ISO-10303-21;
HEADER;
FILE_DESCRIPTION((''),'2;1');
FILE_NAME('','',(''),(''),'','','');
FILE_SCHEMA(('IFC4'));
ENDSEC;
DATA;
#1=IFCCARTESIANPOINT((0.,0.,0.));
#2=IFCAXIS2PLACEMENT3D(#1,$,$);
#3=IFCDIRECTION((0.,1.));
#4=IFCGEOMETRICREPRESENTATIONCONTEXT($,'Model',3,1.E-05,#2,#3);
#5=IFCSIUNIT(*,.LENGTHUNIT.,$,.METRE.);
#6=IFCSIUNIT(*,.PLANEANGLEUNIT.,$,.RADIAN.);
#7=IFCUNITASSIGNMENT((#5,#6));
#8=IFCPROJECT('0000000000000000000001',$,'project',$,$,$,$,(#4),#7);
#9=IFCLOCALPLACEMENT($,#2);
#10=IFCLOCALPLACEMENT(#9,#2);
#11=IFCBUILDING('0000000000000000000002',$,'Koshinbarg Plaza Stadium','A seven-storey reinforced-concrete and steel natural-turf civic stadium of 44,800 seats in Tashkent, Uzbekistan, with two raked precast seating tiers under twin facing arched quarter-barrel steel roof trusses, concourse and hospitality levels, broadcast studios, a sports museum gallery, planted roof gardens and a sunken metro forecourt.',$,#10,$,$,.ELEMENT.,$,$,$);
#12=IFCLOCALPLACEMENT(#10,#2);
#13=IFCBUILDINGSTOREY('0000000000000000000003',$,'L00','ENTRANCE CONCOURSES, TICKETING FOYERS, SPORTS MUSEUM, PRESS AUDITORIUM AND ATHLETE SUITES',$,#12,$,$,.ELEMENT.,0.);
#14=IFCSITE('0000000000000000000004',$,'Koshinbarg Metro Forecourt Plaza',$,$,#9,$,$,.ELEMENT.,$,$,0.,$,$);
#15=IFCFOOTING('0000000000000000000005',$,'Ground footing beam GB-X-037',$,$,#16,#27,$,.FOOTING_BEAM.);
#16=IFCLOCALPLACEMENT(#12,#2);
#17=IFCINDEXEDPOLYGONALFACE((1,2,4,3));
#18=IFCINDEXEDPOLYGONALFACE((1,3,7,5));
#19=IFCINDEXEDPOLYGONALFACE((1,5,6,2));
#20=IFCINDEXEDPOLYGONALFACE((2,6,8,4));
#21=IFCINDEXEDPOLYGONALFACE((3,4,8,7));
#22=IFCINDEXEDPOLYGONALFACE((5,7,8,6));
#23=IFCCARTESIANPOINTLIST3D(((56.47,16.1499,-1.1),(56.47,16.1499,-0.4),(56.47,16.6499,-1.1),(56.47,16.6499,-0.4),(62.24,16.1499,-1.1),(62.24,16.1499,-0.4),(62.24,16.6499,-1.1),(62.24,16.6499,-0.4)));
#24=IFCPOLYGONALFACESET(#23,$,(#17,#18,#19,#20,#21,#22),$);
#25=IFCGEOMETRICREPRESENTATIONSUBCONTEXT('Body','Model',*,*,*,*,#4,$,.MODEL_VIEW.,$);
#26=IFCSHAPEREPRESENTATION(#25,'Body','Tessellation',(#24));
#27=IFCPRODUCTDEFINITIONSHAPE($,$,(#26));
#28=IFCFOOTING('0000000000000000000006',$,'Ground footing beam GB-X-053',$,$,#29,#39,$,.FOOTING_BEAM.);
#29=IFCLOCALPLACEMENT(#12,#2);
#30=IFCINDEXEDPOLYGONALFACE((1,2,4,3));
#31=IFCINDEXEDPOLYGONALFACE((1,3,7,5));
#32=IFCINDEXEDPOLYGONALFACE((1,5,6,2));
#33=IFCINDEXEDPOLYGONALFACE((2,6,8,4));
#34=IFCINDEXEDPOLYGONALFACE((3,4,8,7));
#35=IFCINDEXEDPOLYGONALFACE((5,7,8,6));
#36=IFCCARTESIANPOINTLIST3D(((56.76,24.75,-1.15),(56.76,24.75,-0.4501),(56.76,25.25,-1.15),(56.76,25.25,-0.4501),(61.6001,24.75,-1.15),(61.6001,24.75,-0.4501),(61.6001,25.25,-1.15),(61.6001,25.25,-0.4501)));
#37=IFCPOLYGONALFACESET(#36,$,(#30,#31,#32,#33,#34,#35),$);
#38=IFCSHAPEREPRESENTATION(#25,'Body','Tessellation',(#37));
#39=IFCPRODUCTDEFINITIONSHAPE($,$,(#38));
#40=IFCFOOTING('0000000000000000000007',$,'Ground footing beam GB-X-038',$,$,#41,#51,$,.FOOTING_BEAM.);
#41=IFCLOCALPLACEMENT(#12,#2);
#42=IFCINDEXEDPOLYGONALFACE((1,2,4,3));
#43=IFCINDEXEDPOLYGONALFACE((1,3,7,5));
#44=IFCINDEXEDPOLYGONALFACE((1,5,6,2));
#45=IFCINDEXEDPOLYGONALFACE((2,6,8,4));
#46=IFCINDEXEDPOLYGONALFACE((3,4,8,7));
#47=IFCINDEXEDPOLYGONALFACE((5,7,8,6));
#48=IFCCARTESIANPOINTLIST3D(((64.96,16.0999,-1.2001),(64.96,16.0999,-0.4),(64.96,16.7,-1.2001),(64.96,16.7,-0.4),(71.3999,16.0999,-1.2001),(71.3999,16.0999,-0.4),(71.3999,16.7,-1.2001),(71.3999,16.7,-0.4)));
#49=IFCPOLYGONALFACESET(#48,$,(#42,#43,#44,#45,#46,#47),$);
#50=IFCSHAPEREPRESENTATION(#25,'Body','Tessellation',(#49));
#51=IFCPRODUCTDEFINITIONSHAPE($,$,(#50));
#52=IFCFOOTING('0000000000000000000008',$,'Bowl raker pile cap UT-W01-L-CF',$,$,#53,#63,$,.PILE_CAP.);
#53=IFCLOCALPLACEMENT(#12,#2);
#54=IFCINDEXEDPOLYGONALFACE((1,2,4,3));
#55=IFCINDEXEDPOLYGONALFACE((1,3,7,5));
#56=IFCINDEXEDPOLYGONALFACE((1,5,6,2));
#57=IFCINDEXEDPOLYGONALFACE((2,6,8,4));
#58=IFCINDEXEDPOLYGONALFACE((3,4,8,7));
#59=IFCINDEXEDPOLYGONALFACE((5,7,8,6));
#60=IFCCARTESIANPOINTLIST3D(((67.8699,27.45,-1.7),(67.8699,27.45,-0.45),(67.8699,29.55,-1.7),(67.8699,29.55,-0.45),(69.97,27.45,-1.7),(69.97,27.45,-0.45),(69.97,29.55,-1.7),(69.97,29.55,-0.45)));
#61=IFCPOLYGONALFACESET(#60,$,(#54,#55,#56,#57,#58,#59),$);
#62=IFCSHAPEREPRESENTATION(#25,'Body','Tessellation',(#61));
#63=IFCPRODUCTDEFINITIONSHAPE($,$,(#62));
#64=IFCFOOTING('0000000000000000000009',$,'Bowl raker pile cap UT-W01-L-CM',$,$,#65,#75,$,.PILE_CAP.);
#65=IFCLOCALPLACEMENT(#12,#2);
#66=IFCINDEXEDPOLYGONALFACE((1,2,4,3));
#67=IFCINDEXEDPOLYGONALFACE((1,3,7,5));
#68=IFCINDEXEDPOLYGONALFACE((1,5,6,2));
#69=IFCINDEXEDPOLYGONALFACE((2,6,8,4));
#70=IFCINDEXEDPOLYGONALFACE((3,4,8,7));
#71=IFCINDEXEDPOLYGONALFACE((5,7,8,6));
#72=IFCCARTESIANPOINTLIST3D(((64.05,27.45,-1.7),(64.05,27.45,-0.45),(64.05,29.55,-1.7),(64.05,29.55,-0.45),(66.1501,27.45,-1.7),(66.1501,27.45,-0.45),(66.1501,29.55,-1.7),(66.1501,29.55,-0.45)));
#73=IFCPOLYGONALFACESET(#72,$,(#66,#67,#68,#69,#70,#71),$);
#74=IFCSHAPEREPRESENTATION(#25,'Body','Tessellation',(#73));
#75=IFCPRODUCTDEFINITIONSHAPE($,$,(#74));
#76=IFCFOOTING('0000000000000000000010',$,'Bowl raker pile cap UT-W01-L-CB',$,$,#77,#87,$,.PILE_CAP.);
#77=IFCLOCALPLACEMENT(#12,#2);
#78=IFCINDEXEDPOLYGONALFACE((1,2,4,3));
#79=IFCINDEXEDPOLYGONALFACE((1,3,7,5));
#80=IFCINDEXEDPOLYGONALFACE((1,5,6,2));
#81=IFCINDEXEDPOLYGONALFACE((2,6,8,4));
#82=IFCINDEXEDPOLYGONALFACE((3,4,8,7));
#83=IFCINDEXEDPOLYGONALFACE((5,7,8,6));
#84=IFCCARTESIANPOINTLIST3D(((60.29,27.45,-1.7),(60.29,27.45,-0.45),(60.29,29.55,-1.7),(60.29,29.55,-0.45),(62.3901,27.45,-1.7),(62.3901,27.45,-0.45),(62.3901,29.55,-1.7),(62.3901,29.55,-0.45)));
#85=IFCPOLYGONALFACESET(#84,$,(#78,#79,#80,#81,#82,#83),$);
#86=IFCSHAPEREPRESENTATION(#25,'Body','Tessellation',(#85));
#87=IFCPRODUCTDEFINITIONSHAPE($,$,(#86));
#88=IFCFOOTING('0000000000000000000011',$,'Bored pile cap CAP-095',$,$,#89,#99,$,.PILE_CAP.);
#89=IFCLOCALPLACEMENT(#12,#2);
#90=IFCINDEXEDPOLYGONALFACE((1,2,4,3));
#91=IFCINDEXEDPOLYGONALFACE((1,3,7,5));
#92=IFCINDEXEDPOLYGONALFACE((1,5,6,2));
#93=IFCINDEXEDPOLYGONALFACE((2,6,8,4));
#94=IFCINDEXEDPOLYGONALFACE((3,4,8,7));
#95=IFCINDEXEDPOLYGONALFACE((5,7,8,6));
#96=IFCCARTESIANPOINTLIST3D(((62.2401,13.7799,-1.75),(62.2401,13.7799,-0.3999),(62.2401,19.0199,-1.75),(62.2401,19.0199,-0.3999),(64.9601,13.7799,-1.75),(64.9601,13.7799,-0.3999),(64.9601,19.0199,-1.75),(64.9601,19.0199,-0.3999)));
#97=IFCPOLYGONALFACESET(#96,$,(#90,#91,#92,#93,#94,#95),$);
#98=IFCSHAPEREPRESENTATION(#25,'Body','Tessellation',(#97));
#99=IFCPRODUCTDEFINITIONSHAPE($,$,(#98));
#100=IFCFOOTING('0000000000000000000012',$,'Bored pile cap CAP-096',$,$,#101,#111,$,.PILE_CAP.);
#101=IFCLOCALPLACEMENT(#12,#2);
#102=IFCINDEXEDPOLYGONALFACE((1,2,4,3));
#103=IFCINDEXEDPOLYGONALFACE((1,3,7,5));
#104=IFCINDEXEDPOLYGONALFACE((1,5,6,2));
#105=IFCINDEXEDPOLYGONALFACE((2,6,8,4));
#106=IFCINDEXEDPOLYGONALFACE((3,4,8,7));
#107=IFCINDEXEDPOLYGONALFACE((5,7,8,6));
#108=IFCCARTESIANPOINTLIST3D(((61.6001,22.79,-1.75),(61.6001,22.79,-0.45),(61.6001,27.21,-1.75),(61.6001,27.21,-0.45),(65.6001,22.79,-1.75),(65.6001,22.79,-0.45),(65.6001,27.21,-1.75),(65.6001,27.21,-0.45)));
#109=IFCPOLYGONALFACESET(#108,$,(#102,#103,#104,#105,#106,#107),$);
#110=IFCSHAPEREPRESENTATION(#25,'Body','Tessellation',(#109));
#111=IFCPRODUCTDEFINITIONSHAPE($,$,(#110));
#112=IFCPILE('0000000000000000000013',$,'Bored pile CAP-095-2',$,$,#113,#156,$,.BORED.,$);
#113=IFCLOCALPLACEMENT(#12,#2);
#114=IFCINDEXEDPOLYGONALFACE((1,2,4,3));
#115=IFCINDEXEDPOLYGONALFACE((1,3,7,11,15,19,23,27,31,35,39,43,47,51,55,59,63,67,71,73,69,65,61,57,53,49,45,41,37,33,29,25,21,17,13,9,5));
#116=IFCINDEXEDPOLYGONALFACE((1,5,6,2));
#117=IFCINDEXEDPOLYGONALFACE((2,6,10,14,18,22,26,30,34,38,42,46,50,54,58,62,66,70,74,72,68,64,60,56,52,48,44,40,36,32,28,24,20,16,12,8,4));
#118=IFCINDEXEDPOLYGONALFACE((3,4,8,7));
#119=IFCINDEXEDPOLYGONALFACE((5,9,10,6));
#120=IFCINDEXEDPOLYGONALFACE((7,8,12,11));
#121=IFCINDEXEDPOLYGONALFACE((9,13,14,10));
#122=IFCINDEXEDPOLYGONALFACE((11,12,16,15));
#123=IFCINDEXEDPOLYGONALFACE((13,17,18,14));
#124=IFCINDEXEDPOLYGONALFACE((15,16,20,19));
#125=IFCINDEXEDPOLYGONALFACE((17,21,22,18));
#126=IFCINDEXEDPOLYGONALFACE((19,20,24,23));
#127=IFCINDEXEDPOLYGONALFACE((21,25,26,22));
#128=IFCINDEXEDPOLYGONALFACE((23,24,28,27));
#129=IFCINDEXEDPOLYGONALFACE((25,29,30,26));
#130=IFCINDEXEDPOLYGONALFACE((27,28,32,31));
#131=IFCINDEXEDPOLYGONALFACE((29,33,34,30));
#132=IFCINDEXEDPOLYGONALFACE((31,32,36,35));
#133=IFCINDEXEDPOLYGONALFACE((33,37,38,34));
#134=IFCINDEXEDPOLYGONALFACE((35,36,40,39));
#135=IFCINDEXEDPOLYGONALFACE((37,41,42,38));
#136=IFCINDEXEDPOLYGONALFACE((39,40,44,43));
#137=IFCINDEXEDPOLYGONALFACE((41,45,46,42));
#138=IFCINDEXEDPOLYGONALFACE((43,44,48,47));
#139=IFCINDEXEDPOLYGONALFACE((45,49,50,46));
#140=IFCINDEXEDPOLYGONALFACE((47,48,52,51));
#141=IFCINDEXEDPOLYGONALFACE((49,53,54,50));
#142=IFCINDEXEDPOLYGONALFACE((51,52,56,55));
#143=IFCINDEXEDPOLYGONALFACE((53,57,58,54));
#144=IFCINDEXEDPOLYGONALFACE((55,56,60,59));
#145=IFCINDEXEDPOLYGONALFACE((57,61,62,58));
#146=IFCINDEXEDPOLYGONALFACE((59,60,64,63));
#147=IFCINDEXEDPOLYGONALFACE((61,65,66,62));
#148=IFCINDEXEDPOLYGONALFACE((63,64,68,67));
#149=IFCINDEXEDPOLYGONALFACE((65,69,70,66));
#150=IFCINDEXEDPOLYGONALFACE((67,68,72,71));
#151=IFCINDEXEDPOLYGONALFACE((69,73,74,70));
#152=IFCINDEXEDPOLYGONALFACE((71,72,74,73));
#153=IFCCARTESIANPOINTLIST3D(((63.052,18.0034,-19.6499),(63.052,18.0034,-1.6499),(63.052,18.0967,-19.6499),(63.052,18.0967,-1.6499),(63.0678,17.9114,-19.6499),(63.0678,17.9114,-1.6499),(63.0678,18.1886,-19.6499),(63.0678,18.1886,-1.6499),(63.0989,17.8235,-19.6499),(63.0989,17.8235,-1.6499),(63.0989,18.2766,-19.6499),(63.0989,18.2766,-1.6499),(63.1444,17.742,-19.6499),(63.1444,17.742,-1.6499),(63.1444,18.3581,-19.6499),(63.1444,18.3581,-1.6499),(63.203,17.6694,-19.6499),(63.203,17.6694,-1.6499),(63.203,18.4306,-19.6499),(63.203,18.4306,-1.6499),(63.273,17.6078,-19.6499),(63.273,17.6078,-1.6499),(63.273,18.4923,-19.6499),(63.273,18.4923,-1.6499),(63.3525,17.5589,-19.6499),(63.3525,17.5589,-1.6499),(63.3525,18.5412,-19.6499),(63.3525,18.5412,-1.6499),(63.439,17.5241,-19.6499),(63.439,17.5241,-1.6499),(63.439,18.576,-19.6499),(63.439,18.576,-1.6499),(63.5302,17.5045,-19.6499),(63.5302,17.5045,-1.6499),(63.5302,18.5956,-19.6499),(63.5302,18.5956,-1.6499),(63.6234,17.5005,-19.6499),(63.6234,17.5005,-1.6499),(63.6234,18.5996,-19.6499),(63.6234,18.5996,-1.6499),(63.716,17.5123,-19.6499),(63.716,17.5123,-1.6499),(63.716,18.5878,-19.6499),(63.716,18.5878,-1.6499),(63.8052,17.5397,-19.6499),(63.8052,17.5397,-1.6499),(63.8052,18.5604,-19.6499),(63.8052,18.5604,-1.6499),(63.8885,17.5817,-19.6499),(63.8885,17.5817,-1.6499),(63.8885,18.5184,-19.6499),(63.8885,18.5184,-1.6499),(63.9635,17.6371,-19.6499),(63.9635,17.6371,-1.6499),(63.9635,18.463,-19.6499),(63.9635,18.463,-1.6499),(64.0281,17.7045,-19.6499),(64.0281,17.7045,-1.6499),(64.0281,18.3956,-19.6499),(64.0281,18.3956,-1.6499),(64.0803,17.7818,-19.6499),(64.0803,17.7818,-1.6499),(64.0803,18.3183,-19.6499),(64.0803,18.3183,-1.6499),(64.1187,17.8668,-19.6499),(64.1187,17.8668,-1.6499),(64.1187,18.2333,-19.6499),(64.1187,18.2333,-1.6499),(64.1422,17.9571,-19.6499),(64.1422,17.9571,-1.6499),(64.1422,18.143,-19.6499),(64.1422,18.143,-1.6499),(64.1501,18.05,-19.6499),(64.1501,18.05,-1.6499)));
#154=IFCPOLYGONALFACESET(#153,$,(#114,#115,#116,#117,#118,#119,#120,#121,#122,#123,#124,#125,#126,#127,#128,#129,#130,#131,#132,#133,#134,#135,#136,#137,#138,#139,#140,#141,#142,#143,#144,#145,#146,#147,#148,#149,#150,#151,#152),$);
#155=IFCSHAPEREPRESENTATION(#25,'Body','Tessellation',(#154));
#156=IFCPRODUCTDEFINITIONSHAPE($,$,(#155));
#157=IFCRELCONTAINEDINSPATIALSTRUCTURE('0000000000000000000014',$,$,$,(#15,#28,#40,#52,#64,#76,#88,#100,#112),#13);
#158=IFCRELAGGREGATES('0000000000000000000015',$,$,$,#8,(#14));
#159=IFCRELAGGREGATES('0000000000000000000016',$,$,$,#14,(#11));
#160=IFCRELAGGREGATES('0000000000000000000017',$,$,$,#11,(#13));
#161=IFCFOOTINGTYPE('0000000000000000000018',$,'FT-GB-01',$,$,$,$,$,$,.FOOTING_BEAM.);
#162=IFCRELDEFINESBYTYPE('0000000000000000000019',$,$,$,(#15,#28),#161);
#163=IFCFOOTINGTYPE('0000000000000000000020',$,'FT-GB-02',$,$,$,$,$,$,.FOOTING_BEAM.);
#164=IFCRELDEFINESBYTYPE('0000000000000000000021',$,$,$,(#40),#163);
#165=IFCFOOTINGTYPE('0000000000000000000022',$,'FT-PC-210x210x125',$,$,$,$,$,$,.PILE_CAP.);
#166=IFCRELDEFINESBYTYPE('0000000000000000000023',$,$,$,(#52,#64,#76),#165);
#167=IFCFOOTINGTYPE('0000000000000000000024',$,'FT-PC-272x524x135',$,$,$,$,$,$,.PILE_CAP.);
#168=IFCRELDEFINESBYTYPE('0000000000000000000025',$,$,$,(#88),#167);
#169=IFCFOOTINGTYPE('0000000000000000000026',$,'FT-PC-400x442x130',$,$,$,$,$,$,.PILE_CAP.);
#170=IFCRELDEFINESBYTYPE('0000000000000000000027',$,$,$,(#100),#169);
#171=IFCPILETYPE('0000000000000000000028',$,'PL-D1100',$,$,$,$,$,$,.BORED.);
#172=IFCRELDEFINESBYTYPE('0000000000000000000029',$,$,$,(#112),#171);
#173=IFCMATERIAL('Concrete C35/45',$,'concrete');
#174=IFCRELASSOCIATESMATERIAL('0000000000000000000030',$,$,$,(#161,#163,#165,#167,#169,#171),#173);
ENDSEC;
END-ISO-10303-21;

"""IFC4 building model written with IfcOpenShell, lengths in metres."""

from ifc_helpers import new_model, si_unit, direction, frame, origin, origin_2d, place, context, subcontext, project, spatial, rectangle, circle, extrude, material, material_profile, profile_set, type_object, element, save


model = new_model("IFC4")

# Units and contexts
model_context = context("Model", 3, precision=1e-05, world=origin(), true_north=direction((0.0, 1.0)))
body_context = subcontext(model_context, "Body", "Model", "MODEL_VIEW")
ifc_project = project(units=[si_unit("LENGTHUNIT", "METRE"), si_unit("PLANEANGLEUNIT", "RADIAN")], contexts=[model_context])

# Site, building, storey
site_placement = place(None, origin())
site = spatial("IfcSite", under=ifc_project, at=site_placement, Name="Koshinbarg Metro Forecourt Plaza", CompositionType="ELEMENT", RefElevation=0.0)
building_placement = place(site_placement, origin())
building = spatial("IfcBuilding", under=site, at=building_placement, Name="Koshinbarg Plaza Stadium", Description="A seven-storey reinforced-concrete and steel natural-turf civic stadium of 44,800 seats in Tashkent, Uzbekistan, with two raked precast seating tiers under twin facing arched quarter-barrel steel roof trusses, concourse and hospitality levels, broadcast studios, a sports museum gallery, planted roof gardens and a sunken metro forecourt.", CompositionType="ELEMENT")
storey_placement = place(building_placement, origin())
storey = spatial("IfcBuildingStorey", under=building, at=storey_placement, Name="L00", Description="ENTRANCE CONCOURSES, TICKETING FOYERS, SPORTS MUSEUM, PRESS AUDITORIUM AND ATHLETE SUITES", CompositionType="ELEMENT", Elevation=0.0)

# Footings
ifc_material_1 = material(Name="Concrete C35/45", Category="concrete")
ifc_material_profile_1 = material_profile(ifc_material_1, rectangle(XDim=0.5, YDim=0.7, at=origin_2d()), Name="GB 500x700")
ifc_profile_set_1 = profile_set([ifc_material_profile_1], Name="Concrete C35/45")
footing_type_1 = type_object("IfcFootingType", Name="FT-GB-01", PredefinedType="FOOTING_BEAM", material=ifc_profile_set_1)
footing_1_placement = place(storey_placement, frame((56.47, 16.3999, -0.75), z_axis=(1.0, 0.0, 0.0), x_axis=(0.0, 1.0, 0.0)))
element("IfcFooting", 1, at=footing_1_placement, inside=storey, type_object=footing_type_1, Name="Ground footing beam GB-X-037", PredefinedType="FOOTING_BEAM", context=body_context, shape_type="SweptSolid", body=[
    extrude(rectangle(XDim=0.5, YDim=0.7, at=origin_2d()), origin(), (0.0, 0.0, 1.0), 5.77),
])
footing_2_placement = place(storey_placement, frame((56.76, 25.0, -0.8), z_axis=(1.0, 0.0, 0.0), x_axis=(0.0, 1.0, 0.0)))
element("IfcFooting", 2, at=footing_2_placement, inside=storey, type_object=footing_type_1, Name="Ground footing beam GB-X-053", PredefinedType="FOOTING_BEAM", context=body_context, shape_type="SweptSolid", body=[
    extrude(rectangle(XDim=0.5, YDim=0.7, at=origin_2d()), origin(), (0.0, 0.0, 1.0), 4.8401),
])
ifc_material_profile_2 = material_profile(ifc_material_1, rectangle(XDim=0.6001, YDim=0.8, at=origin_2d()), Name="GB 600x800")
ifc_profile_set_2 = profile_set([ifc_material_profile_2], Name="Concrete C35/45")
footing_type_2 = type_object("IfcFootingType", Name="FT-GB-02", PredefinedType="FOOTING_BEAM", material=ifc_profile_set_2)
footing_3_placement = place(storey_placement, frame((64.96, 16.3999, -0.8), z_axis=(1.0, 0.0, 0.0), x_axis=(0.0, 1.0, 0.0)))
element("IfcFooting", 3, at=footing_3_placement, inside=storey, type_object=footing_type_2, Name="Ground footing beam GB-X-038", PredefinedType="FOOTING_BEAM", context=body_context, shape_type="SweptSolid", body=[
    extrude(rectangle(XDim=0.6001, YDim=0.8, at=origin_2d()), origin(), (0.0, 0.0, 1.0), 6.4399),
])
footing_type_3 = type_object("IfcFootingType", Name="FT-PC-210x210x125", PredefinedType="PILE_CAP", material=ifc_material_1)
for number, where, z_axis, x_axis, name in (
    (4, (68.9199, 28.5, -1.7), (0.0, 0.0, 1.0), (1.0, 0.0, 0.0), "Bowl raker pile cap UT-W01-L-CF"),
    (5, (65.1001, 28.5, -1.7), (0.0, 0.0, 1.0), (1.0, 0.0, 0.0), "Bowl raker pile cap UT-W01-L-CM"),
    (6, (61.3401, 28.5, -1.7), (0.0, 0.0, 1.0), (1.0, 0.0, 0.0), "Bowl raker pile cap UT-W01-L-CB"),
):
    element("IfcFooting", number, at=place(storey_placement, frame(where, z_axis=z_axis, x_axis=x_axis)), inside=storey, type_object=footing_type_3, Name=name, PredefinedType="PILE_CAP", context=body_context, shape_type="SweptSolid", body=[
        extrude(rectangle(XDim=2.1001, YDim=2.1001, at=origin_2d()), origin(), (0.0, 0.0, 1.0), 1.25),
    ])
footing_type_4 = type_object("IfcFootingType", Name="FT-PC-272x524x135", PredefinedType="PILE_CAP", material=ifc_material_1)
footing_4_placement = place(storey_placement, frame((63.6001, 16.3999, -1.75), z_axis=(0.0, 0.0, 1.0), x_axis=(1.0, 0.0, 0.0)))
element("IfcFooting", 7, at=footing_4_placement, inside=storey, type_object=footing_type_4, Name="Bored pile cap CAP-095", PredefinedType="PILE_CAP", context=body_context, shape_type="SweptSolid", body=[
    extrude(rectangle(XDim=2.72, YDim=5.24, at=origin_2d()), origin(), (0.0, 0.0, 1.0), 1.3501),
])
footing_type_5 = type_object("IfcFootingType", Name="FT-PC-400x442x130", PredefinedType="PILE_CAP", material=ifc_material_1)
footing_5_placement = place(storey_placement, frame((63.6001, 25.0, -1.75), z_axis=(0.0, 0.0, 1.0), x_axis=(1.0, 0.0, 0.0)))
element("IfcFooting", 8, at=footing_5_placement, inside=storey, type_object=footing_type_5, Name="Bored pile cap CAP-096", PredefinedType="PILE_CAP", context=body_context, shape_type="SweptSolid", body=[
    extrude(rectangle(XDim=4.0, YDim=4.4199, at=origin_2d()), origin(), (0.0, 0.0, 1.0), 1.3),
])

# Pile
ifc_material_profile_3 = material_profile(ifc_material_1, circle(Radius=0.55, at=origin_2d()), Name="PILE D1100")
ifc_profile_set_3 = profile_set([ifc_material_profile_3], Name="Concrete C35/45")
pile_type_1 = type_object("IfcPileType", Name="PL-D1100", PredefinedType="BORED", material=ifc_profile_set_3)
pile_placement = place(storey_placement, frame((63.6001, 18.05, -1.6499), z_axis=(0.0, 0.0, -1.0), x_axis=(1.0, 0.0, 0.0)))
element("IfcPile", 9, at=pile_placement, inside=storey, type_object=pile_type_1, Name="Bored pile CAP-095-2", PredefinedType="BORED", context=body_context, shape_type="SweptSolid", body=[
    extrude(circle(Radius=0.55, at=origin_2d()), origin(), (0.0, 0.0, 1.0), 18.0),
])

save(model, "model.ifc")
